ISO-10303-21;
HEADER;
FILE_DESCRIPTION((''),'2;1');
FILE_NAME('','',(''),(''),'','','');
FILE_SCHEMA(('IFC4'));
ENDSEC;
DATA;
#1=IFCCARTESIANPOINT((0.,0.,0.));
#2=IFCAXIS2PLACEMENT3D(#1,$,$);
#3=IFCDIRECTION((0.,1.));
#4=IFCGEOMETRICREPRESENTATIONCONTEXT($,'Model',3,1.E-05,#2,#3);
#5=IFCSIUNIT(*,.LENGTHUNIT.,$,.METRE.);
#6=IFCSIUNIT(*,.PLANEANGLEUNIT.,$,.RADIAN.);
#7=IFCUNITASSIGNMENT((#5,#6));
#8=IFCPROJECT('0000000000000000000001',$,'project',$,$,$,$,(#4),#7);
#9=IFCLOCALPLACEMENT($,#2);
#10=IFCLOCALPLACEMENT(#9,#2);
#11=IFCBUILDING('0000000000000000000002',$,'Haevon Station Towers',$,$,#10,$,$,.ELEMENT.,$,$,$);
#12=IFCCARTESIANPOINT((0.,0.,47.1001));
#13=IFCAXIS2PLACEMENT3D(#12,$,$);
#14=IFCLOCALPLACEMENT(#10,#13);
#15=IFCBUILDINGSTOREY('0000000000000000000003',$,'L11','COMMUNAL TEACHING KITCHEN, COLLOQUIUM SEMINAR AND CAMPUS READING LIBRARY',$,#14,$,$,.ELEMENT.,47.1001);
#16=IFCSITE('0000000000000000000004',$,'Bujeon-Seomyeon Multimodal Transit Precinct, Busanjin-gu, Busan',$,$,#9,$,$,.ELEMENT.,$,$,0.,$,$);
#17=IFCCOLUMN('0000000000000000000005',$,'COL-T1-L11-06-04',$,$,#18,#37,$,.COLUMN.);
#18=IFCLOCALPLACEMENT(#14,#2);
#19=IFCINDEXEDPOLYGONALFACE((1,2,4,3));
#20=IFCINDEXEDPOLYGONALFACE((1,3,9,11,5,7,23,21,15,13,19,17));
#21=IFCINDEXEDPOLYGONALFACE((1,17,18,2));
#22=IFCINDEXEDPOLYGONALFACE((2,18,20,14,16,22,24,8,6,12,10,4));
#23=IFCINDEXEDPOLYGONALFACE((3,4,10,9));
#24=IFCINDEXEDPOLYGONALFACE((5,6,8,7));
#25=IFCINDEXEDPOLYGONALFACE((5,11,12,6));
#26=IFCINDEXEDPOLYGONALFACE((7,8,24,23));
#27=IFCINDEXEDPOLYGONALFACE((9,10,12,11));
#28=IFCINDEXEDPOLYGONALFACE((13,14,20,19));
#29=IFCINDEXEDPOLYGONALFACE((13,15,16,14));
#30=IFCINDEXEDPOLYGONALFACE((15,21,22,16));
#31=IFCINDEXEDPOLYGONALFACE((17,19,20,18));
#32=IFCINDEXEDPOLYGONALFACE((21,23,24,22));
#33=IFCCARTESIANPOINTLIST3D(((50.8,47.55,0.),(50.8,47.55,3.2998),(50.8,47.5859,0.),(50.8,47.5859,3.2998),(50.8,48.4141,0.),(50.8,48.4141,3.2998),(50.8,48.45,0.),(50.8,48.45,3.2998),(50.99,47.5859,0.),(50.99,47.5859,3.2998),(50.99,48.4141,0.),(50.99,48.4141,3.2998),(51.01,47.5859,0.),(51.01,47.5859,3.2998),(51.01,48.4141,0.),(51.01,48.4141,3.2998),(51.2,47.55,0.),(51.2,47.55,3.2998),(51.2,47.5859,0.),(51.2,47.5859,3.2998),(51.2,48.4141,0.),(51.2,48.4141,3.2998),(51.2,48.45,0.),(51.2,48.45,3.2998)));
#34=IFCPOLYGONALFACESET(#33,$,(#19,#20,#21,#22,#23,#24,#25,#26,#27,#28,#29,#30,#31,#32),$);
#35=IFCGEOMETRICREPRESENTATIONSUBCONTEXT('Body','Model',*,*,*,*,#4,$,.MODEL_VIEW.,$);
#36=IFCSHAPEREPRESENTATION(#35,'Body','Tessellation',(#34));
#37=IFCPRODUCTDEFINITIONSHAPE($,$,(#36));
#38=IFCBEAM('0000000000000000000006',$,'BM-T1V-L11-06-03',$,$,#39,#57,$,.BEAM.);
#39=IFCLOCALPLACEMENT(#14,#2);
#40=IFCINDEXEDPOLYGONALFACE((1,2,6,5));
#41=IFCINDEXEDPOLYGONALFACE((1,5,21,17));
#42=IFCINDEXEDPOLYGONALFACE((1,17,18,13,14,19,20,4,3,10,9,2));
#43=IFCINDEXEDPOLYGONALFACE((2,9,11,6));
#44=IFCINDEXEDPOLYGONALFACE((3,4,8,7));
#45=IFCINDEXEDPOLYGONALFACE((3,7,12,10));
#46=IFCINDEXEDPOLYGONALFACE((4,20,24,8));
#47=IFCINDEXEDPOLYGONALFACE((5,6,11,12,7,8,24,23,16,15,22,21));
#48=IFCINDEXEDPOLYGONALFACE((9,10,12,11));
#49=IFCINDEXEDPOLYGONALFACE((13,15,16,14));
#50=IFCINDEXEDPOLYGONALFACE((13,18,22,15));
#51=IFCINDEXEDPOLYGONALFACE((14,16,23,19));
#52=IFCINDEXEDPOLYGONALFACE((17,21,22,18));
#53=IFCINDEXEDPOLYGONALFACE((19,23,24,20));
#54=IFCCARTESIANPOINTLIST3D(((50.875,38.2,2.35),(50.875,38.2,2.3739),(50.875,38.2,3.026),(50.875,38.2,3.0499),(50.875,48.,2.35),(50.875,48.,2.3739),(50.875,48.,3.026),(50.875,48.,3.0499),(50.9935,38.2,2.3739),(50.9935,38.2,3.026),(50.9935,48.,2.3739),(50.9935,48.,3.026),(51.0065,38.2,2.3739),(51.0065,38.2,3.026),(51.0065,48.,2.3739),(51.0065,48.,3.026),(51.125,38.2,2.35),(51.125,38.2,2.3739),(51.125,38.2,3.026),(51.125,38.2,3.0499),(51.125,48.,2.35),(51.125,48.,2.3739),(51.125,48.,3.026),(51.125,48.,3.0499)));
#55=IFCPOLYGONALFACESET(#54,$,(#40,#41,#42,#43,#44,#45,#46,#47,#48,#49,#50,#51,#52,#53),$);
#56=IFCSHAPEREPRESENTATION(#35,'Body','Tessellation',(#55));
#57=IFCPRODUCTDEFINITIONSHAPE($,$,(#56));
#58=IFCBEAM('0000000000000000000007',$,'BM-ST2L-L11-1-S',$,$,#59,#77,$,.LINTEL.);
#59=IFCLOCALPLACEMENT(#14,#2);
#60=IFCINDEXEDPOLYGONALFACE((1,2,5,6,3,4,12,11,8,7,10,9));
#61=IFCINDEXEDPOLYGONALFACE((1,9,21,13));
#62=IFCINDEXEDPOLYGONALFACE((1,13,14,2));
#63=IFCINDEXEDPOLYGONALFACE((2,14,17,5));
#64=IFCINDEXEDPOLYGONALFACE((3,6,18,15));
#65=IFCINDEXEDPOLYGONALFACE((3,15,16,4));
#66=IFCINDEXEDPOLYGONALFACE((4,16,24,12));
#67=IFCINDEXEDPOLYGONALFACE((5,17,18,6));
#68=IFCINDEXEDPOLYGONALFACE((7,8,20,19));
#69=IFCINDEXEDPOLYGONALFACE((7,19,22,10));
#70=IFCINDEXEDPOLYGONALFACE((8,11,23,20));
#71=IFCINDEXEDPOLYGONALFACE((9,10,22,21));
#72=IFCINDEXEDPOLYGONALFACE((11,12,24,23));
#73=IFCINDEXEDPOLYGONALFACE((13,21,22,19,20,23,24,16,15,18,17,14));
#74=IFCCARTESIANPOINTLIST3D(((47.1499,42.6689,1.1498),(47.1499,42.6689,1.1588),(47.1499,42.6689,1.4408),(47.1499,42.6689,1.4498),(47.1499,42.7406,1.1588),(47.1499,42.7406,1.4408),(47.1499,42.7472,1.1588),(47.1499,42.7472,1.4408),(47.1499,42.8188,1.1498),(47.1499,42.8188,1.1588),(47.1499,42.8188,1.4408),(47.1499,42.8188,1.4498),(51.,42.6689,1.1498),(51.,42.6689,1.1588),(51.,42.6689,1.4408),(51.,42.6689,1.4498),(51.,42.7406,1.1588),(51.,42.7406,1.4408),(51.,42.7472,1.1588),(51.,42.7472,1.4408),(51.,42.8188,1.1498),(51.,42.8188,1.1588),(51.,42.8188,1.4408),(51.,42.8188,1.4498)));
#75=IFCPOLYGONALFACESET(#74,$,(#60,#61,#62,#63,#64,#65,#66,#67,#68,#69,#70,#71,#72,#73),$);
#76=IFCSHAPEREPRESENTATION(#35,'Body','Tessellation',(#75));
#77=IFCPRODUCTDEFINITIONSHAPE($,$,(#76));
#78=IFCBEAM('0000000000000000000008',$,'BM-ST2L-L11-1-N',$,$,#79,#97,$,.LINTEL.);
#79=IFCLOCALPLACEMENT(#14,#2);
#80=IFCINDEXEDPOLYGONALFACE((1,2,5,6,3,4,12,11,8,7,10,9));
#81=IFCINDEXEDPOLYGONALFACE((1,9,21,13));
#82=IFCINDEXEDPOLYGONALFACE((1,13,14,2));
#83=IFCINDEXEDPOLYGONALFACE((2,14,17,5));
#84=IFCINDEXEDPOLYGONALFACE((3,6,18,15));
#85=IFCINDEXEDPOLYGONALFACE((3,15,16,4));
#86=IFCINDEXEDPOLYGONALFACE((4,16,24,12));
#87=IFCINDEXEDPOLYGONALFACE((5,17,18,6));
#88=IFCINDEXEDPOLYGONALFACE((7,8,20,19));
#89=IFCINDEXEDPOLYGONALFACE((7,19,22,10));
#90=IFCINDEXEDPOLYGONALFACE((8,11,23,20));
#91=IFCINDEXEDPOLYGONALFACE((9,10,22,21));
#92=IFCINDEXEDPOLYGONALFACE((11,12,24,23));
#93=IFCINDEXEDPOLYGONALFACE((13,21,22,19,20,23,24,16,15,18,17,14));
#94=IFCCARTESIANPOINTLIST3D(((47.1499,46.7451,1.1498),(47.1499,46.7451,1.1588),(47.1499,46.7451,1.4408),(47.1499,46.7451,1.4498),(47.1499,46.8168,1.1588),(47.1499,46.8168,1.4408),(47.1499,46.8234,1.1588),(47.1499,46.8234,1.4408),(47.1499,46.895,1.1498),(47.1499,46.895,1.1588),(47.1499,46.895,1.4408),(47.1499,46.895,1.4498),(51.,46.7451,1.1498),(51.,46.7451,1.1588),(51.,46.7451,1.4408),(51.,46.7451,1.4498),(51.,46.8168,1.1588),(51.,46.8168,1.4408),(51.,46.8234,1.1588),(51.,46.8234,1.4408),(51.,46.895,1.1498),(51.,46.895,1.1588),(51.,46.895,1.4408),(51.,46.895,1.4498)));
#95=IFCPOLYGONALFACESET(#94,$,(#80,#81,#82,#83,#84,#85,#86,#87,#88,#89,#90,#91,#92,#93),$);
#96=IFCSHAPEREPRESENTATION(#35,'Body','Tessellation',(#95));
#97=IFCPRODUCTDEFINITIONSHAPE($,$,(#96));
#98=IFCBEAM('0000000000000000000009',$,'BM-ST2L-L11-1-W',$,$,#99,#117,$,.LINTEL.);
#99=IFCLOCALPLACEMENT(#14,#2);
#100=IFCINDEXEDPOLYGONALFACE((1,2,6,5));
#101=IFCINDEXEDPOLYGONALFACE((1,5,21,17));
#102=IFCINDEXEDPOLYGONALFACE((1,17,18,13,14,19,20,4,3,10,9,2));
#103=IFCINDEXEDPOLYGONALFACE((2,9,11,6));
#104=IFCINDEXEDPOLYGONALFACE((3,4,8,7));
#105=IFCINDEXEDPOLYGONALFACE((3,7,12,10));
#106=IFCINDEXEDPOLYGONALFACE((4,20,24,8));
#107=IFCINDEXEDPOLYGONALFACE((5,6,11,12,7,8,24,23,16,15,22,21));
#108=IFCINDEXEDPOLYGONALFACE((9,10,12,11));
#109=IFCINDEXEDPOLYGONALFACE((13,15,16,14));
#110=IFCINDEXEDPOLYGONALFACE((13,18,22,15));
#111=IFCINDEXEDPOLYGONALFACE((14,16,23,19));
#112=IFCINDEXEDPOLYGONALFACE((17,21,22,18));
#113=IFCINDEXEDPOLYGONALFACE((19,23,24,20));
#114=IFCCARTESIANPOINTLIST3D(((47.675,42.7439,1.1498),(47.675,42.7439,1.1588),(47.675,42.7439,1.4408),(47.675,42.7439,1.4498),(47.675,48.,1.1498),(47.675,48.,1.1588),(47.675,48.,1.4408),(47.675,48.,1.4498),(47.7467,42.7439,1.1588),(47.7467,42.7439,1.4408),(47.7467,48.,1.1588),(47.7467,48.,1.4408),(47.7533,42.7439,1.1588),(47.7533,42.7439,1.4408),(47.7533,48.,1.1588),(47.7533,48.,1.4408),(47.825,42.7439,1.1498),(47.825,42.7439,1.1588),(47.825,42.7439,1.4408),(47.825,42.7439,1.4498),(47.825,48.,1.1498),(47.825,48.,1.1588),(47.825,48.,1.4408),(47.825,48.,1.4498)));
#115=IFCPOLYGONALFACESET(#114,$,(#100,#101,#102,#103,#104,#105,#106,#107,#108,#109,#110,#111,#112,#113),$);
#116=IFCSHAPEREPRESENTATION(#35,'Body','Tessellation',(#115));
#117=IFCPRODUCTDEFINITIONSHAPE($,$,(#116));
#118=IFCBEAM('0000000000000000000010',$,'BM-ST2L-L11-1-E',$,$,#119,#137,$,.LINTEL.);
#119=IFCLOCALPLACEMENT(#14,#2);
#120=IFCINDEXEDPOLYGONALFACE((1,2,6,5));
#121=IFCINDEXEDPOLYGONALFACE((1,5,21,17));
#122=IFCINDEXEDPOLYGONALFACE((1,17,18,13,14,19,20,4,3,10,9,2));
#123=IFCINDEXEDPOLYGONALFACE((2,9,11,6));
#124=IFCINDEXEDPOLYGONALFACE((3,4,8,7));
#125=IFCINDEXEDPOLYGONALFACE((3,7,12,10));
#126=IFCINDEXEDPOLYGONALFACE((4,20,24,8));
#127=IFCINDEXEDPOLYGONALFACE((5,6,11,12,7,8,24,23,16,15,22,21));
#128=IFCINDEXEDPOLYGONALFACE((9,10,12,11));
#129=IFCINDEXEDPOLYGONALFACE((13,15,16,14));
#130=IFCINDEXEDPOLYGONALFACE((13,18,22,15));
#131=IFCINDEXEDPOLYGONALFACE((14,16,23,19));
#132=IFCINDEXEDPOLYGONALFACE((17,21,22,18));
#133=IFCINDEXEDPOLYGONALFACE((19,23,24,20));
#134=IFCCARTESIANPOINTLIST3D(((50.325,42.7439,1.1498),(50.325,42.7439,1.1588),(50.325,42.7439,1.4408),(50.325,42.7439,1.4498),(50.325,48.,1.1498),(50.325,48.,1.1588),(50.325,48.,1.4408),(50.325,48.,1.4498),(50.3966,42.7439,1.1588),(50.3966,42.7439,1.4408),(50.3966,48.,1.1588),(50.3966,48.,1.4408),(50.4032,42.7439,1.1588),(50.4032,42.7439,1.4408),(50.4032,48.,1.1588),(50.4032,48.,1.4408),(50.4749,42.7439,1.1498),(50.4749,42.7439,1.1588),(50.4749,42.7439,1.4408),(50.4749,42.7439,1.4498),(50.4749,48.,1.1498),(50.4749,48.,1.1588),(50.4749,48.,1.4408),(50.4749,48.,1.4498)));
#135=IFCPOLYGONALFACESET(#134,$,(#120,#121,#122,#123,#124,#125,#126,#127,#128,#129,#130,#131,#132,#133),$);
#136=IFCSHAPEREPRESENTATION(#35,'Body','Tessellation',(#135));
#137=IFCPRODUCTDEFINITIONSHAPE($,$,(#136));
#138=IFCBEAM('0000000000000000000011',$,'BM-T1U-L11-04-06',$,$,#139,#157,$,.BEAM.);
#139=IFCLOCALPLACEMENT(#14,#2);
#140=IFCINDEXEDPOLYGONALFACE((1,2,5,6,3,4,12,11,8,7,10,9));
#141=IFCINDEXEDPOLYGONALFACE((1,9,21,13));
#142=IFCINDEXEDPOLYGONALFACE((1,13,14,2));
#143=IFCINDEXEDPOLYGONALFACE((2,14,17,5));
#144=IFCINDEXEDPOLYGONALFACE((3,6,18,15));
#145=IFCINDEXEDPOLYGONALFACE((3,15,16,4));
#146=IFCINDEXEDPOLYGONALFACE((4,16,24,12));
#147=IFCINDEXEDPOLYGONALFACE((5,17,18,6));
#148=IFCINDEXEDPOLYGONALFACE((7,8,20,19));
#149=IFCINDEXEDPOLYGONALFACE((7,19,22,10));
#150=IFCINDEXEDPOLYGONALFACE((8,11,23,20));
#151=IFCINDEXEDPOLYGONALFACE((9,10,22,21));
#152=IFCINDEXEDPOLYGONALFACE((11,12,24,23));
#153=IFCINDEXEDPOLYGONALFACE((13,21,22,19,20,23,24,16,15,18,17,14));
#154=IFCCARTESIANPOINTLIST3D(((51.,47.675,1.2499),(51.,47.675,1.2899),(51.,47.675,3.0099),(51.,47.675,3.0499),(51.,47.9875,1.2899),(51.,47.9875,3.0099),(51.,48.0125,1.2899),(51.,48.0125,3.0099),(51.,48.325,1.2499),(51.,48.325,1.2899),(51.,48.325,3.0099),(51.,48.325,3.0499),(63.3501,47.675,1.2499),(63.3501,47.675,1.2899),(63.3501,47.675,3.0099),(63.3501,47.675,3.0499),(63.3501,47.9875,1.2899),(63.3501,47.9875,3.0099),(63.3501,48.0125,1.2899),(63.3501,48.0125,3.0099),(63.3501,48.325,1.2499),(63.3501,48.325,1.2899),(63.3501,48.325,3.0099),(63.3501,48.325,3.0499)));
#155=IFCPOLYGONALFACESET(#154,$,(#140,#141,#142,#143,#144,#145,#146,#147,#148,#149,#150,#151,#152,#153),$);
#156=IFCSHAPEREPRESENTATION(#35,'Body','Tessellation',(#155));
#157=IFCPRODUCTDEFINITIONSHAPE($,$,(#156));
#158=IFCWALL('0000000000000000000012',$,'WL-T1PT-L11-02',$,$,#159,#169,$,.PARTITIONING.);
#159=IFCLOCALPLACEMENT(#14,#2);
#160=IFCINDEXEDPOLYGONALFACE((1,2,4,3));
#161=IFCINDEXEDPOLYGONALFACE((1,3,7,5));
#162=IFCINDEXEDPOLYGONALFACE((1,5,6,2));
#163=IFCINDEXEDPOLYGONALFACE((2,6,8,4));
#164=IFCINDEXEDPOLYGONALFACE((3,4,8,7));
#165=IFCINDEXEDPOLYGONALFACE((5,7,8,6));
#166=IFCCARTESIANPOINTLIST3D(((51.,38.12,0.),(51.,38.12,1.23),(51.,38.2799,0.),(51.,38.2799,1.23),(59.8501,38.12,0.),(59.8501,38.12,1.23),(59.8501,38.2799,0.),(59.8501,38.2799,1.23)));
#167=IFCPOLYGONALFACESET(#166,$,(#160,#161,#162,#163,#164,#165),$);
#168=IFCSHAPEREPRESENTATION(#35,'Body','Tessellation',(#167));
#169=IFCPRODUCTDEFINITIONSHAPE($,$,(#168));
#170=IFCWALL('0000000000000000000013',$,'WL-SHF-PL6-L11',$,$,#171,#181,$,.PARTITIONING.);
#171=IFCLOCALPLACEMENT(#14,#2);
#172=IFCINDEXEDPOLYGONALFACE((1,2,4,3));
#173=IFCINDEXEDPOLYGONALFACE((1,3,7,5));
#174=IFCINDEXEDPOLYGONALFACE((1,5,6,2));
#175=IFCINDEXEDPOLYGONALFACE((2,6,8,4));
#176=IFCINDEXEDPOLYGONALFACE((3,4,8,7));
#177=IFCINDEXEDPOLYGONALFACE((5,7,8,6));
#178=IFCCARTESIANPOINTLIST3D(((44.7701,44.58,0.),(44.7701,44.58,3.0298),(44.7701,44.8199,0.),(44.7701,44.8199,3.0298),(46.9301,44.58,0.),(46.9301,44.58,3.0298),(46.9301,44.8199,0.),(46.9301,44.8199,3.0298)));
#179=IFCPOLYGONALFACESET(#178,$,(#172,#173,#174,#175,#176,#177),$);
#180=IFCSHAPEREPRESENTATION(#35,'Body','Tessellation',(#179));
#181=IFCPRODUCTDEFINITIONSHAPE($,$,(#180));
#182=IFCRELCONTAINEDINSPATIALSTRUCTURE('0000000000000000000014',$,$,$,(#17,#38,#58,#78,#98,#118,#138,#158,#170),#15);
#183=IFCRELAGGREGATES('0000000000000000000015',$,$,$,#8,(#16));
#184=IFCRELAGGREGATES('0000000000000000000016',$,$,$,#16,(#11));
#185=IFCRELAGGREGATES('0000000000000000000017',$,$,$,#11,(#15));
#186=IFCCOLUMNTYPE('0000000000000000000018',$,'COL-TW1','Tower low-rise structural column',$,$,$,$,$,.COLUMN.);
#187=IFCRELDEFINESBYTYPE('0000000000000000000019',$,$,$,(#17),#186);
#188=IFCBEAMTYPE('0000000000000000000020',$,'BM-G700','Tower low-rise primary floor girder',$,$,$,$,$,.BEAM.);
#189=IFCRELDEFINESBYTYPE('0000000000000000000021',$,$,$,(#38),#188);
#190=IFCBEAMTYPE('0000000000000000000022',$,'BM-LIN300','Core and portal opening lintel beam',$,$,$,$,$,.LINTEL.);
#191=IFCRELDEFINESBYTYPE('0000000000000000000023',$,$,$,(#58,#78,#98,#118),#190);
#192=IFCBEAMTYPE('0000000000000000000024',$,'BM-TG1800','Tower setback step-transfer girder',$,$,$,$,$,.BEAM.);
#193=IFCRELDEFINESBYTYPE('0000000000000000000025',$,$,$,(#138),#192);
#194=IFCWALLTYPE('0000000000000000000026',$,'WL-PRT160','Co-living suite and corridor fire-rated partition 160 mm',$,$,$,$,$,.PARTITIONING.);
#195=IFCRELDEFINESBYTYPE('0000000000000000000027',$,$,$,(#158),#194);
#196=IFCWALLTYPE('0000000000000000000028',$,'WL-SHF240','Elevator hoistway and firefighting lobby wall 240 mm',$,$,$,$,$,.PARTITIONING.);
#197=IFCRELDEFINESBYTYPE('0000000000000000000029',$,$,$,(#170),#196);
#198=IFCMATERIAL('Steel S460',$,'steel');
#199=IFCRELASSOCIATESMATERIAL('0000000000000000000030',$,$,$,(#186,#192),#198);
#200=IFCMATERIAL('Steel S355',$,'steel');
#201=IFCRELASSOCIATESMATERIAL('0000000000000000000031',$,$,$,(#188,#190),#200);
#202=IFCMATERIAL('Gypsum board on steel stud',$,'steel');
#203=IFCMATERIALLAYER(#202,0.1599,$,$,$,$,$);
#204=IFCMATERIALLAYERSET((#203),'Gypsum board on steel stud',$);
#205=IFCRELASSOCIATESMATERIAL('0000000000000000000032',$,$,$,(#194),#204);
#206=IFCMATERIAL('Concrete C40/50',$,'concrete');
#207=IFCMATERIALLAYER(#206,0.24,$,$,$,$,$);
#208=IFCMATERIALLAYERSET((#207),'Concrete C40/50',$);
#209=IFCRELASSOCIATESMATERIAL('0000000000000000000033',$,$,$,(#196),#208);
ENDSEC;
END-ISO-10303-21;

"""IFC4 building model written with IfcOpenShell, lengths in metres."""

from ifc_helpers import new_model, si_unit, direction, frame, frame_2d, origin, origin_2d, place, context, subcontext, project, spatial, rectangle, i_section, extrude, material, layer, layer_set, material_profile, profile_set, type_object, element, save


model = new_model("IFC4")

# Units and contexts
model_context = context("Model", 3, precision=1e-05, world=origin(), true_north=direction((0.0, 1.0)))
body_context = subcontext(model_context, "Body", "Model", "MODEL_VIEW")
ifc_project = project(units=[si_unit("LENGTHUNIT", "METRE"), si_unit("PLANEANGLEUNIT", "RADIAN")], contexts=[model_context])

# Site, building, storey
site_placement = place(None, origin())
site = spatial("IfcSite", under=ifc_project, at=site_placement, Name="Bujeon-Seomyeon Multimodal Transit Precinct, Busanjin-gu, Busan", CompositionType="ELEMENT", RefElevation=0.0)
building_placement = place(site_placement, origin())
building = spatial("IfcBuilding", under=site, at=building_placement, Name="Haevon Station Towers", CompositionType="ELEMENT")
storey_placement = place(building_placement, frame((0.0, 0.0, 47.1001)))
storey = spatial("IfcBuildingStorey", under=building, at=storey_placement, Name="L11", Description="COMMUNAL TEACHING KITCHEN, COLLOQUIUM SEMINAR AND CAMPUS READING LIBRARY", CompositionType="ELEMENT", Elevation=47.1001)

# Column
ifc_material_1 = material(Name="Steel S460", Category="steel")
ifc_material_profile_1 = material_profile(ifc_material_1, i_section(OverallWidth=0.3999, OverallDepth=0.8999, WebThickness=0.02, FlangeThickness=0.0359, at=origin_2d()), Name="H-900x400x20x36")
ifc_profile_set_1 = profile_set([ifc_material_profile_1], Name="Steel S460")
column_type = type_object("IfcColumnType", Name="COL-TW1", Description="Tower low-rise structural column", PredefinedType="COLUMN", material=ifc_profile_set_1)
column_placement = place(storey_placement, frame((51.0, 48.0, 0.0), z_axis=(0.0, 0.0, 1.0), x_axis=(1.0, 0.0, 0.0)))
element("IfcColumn", 1, at=column_placement, inside=storey, type_object=column_type, Name="COL-T1-L11-06-04", PredefinedType="COLUMN", context=body_context, shape_type="SweptSolid", body=[
    extrude(i_section(OverallWidth=0.3999, OverallDepth=0.8999, WebThickness=0.02, FlangeThickness=0.0359, at=origin_2d()), origin(), (0.0, 0.0, 1.0), 3.2998),
])

# Beams
ifc_material_2 = material(Name="Steel S355", Category="steel")
ifc_material_profile_2 = material_profile(ifc_material_2, i_section(OverallWidth=0.25, OverallDepth=0.7, WebThickness=0.0129, FlangeThickness=0.0239, at=origin_2d()), Name="H-700x250x13x24")
ifc_profile_set_2 = profile_set([ifc_material_profile_2], Name="Steel S355")
beam_type_1 = type_object("IfcBeamType", Name="BM-G700", Description="Tower low-rise primary floor girder", PredefinedType="BEAM", material=ifc_profile_set_2)
beam_1_placement = place(storey_placement, frame((51.0, 38.2, 2.7), z_axis=(0.0, 1.0, 0.0), x_axis=(-1.0, 0.0, 0.0)))
element("IfcBeam", 2, at=beam_1_placement, inside=storey, type_object=beam_type_1, Name="BM-T1V-L11-06-03", PredefinedType="BEAM", context=body_context, shape_type="SweptSolid", body=[
    extrude(i_section(OverallWidth=0.25, OverallDepth=0.7, WebThickness=0.0129, FlangeThickness=0.0239, at=origin_2d()), origin(), (0.0, 0.0, 1.0), 9.8),
])
ifc_material_profile_3 = material_profile(ifc_material_2, i_section(OverallWidth=0.1499, OverallDepth=0.3, WebThickness=0.0066, FlangeThickness=0.009, at=origin_2d()), Name="H-300x150x6.5x9")
ifc_profile_set_3 = profile_set([ifc_material_profile_3], Name="Steel S355")
beam_type_2 = type_object("IfcBeamType", Name="BM-LIN300", Description="Core and portal opening lintel beam", PredefinedType="LINTEL", material=ifc_profile_set_3)
for number, where, z_axis, x_axis, name in (
    (3, (47.1499, 42.7439, 1.2998), (1.0, 0.0, 0.0), (0.0, 1.0, 0.0), "BM-ST2L-L11-1-S"),
    (4, (47.1499, 46.8201, 1.2998), (1.0, 0.0, 0.0), (0.0, 1.0, 0.0), "BM-ST2L-L11-1-N"),
):
    element("IfcBeam", number, at=place(storey_placement, frame(where, z_axis=z_axis, x_axis=x_axis)), inside=storey, type_object=beam_type_2, Name=name, PredefinedType="LINTEL", context=body_context, shape_type="SweptSolid", body=[
        extrude(i_section(OverallWidth=0.1499, OverallDepth=0.3, WebThickness=0.0066, FlangeThickness=0.009, at=origin_2d()), origin(), (0.0, 0.0, 1.0), 3.8501),
    ])
for number, where, z_axis, x_axis, name in (
    (5, (47.75, 42.7439, 1.2998), (0.0, 1.0, 0.0), (-1.0, 0.0, 0.0), "BM-ST2L-L11-1-W"),
    (6, (50.3999, 42.7439, 1.2998), (0.0, 1.0, 0.0), (-1.0, 0.0, 0.0), "BM-ST2L-L11-1-E"),
):
    element("IfcBeam", number, at=place(storey_placement, frame(where, z_axis=z_axis, x_axis=x_axis)), inside=storey, type_object=beam_type_2, Name=name, PredefinedType="LINTEL", context=body_context, shape_type="SweptSolid", body=[
        extrude(i_section(OverallWidth=0.1499, OverallDepth=0.3, WebThickness=0.0066, FlangeThickness=0.009, at=origin_2d()), origin(), (0.0, 0.0, 1.0), 5.2561),
    ])
ifc_material_profile_4 = material_profile(ifc_material_1, i_section(OverallWidth=0.6499, OverallDepth=1.8, WebThickness=0.0249, FlangeThickness=0.04, at=origin_2d()), Name="H-1800x650x25x40")
ifc_profile_set_4 = profile_set([ifc_material_profile_4], Name="Steel S460")
beam_type_3 = type_object("IfcBeamType", Name="BM-TG1800", Description="Tower setback step-transfer girder", PredefinedType="BEAM", material=ifc_profile_set_4)
beam_2_placement = place(storey_placement, frame((51.0, 48.0, 2.1499), z_axis=(1.0, 0.0, 0.0), x_axis=(0.0, 1.0, 0.0)))
element("IfcBeam", 7, at=beam_2_placement, inside=storey, type_object=beam_type_3, Name="BM-T1U-L11-04-06", PredefinedType="BEAM", context=body_context, shape_type="SweptSolid", body=[
    extrude(i_section(OverallWidth=0.6499, OverallDepth=1.8, WebThickness=0.0249, FlangeThickness=0.04, at=origin_2d()), origin(), (0.0, 0.0, 1.0), 12.3501),
])

# Walls
ifc_material_3 = material(Name="Gypsum board on steel stud", Category="steel")
ifc_layer_1 = layer(ifc_material_3, 0.1599)
ifc_layer_set_1 = layer_set([ifc_layer_1], Name="Gypsum board on steel stud")
wall_type_1 = type_object("IfcWallType", Name="WL-PRT160", Description="Co-living suite and corridor fire-rated partition 160 mm", PredefinedType="PARTITIONING", material=ifc_layer_set_1)
wall_placement = place(storey_placement, frame((51.0, 38.2, 0.0), z_axis=(0.0, 0.0, 1.0), x_axis=(1.0, 0.0, 0.0)))
element("IfcWall", 8, at=wall_placement, inside=storey, type_object=wall_type_1, Name="WL-T1PT-L11-02", PredefinedType="PARTITIONING", context=body_context, shape_type="SweptSolid", body=[
    extrude(rectangle(XDim=8.8501, YDim=0.1599, at=frame_2d((4.425, 0.0))), origin(), (0.0, 0.0, 1.0), 1.23),
])
ifc_material_4 = material(Name="Concrete C40/50", Category="concrete")
ifc_layer_2 = layer(ifc_material_4, 0.24)
ifc_layer_set_2 = layer_set([ifc_layer_2], Name="Concrete C40/50")
wall_type_2 = type_object("IfcWallType", Name="WL-SHF240", Description="Elevator hoistway and firefighting lobby wall 240 mm", PredefinedType="PARTITIONING", material=ifc_layer_set_2)
for number, where, z_axis, x_axis, name in (
    (9, (44.77, 44.7, 0.0), (0.0, 0.0, 1.0), (1.0, 0.0, 0.0), "WL-SHF-PL6-L11"),
):
    element("IfcWall", number, at=place(storey_placement, frame(where, z_axis=z_axis, x_axis=x_axis)), inside=storey, type_object=wall_type_2, Name=name, PredefinedType="PARTITIONING", context=body_context, shape_type="SweptSolid", body=[
        extrude(rectangle(XDim=2.1599, YDim=0.24, at=frame_2d((1.0801, 0.0))), origin(), (0.0, 0.0, 1.0), 3.0298),
    ])

save(model, "model.ifc")
